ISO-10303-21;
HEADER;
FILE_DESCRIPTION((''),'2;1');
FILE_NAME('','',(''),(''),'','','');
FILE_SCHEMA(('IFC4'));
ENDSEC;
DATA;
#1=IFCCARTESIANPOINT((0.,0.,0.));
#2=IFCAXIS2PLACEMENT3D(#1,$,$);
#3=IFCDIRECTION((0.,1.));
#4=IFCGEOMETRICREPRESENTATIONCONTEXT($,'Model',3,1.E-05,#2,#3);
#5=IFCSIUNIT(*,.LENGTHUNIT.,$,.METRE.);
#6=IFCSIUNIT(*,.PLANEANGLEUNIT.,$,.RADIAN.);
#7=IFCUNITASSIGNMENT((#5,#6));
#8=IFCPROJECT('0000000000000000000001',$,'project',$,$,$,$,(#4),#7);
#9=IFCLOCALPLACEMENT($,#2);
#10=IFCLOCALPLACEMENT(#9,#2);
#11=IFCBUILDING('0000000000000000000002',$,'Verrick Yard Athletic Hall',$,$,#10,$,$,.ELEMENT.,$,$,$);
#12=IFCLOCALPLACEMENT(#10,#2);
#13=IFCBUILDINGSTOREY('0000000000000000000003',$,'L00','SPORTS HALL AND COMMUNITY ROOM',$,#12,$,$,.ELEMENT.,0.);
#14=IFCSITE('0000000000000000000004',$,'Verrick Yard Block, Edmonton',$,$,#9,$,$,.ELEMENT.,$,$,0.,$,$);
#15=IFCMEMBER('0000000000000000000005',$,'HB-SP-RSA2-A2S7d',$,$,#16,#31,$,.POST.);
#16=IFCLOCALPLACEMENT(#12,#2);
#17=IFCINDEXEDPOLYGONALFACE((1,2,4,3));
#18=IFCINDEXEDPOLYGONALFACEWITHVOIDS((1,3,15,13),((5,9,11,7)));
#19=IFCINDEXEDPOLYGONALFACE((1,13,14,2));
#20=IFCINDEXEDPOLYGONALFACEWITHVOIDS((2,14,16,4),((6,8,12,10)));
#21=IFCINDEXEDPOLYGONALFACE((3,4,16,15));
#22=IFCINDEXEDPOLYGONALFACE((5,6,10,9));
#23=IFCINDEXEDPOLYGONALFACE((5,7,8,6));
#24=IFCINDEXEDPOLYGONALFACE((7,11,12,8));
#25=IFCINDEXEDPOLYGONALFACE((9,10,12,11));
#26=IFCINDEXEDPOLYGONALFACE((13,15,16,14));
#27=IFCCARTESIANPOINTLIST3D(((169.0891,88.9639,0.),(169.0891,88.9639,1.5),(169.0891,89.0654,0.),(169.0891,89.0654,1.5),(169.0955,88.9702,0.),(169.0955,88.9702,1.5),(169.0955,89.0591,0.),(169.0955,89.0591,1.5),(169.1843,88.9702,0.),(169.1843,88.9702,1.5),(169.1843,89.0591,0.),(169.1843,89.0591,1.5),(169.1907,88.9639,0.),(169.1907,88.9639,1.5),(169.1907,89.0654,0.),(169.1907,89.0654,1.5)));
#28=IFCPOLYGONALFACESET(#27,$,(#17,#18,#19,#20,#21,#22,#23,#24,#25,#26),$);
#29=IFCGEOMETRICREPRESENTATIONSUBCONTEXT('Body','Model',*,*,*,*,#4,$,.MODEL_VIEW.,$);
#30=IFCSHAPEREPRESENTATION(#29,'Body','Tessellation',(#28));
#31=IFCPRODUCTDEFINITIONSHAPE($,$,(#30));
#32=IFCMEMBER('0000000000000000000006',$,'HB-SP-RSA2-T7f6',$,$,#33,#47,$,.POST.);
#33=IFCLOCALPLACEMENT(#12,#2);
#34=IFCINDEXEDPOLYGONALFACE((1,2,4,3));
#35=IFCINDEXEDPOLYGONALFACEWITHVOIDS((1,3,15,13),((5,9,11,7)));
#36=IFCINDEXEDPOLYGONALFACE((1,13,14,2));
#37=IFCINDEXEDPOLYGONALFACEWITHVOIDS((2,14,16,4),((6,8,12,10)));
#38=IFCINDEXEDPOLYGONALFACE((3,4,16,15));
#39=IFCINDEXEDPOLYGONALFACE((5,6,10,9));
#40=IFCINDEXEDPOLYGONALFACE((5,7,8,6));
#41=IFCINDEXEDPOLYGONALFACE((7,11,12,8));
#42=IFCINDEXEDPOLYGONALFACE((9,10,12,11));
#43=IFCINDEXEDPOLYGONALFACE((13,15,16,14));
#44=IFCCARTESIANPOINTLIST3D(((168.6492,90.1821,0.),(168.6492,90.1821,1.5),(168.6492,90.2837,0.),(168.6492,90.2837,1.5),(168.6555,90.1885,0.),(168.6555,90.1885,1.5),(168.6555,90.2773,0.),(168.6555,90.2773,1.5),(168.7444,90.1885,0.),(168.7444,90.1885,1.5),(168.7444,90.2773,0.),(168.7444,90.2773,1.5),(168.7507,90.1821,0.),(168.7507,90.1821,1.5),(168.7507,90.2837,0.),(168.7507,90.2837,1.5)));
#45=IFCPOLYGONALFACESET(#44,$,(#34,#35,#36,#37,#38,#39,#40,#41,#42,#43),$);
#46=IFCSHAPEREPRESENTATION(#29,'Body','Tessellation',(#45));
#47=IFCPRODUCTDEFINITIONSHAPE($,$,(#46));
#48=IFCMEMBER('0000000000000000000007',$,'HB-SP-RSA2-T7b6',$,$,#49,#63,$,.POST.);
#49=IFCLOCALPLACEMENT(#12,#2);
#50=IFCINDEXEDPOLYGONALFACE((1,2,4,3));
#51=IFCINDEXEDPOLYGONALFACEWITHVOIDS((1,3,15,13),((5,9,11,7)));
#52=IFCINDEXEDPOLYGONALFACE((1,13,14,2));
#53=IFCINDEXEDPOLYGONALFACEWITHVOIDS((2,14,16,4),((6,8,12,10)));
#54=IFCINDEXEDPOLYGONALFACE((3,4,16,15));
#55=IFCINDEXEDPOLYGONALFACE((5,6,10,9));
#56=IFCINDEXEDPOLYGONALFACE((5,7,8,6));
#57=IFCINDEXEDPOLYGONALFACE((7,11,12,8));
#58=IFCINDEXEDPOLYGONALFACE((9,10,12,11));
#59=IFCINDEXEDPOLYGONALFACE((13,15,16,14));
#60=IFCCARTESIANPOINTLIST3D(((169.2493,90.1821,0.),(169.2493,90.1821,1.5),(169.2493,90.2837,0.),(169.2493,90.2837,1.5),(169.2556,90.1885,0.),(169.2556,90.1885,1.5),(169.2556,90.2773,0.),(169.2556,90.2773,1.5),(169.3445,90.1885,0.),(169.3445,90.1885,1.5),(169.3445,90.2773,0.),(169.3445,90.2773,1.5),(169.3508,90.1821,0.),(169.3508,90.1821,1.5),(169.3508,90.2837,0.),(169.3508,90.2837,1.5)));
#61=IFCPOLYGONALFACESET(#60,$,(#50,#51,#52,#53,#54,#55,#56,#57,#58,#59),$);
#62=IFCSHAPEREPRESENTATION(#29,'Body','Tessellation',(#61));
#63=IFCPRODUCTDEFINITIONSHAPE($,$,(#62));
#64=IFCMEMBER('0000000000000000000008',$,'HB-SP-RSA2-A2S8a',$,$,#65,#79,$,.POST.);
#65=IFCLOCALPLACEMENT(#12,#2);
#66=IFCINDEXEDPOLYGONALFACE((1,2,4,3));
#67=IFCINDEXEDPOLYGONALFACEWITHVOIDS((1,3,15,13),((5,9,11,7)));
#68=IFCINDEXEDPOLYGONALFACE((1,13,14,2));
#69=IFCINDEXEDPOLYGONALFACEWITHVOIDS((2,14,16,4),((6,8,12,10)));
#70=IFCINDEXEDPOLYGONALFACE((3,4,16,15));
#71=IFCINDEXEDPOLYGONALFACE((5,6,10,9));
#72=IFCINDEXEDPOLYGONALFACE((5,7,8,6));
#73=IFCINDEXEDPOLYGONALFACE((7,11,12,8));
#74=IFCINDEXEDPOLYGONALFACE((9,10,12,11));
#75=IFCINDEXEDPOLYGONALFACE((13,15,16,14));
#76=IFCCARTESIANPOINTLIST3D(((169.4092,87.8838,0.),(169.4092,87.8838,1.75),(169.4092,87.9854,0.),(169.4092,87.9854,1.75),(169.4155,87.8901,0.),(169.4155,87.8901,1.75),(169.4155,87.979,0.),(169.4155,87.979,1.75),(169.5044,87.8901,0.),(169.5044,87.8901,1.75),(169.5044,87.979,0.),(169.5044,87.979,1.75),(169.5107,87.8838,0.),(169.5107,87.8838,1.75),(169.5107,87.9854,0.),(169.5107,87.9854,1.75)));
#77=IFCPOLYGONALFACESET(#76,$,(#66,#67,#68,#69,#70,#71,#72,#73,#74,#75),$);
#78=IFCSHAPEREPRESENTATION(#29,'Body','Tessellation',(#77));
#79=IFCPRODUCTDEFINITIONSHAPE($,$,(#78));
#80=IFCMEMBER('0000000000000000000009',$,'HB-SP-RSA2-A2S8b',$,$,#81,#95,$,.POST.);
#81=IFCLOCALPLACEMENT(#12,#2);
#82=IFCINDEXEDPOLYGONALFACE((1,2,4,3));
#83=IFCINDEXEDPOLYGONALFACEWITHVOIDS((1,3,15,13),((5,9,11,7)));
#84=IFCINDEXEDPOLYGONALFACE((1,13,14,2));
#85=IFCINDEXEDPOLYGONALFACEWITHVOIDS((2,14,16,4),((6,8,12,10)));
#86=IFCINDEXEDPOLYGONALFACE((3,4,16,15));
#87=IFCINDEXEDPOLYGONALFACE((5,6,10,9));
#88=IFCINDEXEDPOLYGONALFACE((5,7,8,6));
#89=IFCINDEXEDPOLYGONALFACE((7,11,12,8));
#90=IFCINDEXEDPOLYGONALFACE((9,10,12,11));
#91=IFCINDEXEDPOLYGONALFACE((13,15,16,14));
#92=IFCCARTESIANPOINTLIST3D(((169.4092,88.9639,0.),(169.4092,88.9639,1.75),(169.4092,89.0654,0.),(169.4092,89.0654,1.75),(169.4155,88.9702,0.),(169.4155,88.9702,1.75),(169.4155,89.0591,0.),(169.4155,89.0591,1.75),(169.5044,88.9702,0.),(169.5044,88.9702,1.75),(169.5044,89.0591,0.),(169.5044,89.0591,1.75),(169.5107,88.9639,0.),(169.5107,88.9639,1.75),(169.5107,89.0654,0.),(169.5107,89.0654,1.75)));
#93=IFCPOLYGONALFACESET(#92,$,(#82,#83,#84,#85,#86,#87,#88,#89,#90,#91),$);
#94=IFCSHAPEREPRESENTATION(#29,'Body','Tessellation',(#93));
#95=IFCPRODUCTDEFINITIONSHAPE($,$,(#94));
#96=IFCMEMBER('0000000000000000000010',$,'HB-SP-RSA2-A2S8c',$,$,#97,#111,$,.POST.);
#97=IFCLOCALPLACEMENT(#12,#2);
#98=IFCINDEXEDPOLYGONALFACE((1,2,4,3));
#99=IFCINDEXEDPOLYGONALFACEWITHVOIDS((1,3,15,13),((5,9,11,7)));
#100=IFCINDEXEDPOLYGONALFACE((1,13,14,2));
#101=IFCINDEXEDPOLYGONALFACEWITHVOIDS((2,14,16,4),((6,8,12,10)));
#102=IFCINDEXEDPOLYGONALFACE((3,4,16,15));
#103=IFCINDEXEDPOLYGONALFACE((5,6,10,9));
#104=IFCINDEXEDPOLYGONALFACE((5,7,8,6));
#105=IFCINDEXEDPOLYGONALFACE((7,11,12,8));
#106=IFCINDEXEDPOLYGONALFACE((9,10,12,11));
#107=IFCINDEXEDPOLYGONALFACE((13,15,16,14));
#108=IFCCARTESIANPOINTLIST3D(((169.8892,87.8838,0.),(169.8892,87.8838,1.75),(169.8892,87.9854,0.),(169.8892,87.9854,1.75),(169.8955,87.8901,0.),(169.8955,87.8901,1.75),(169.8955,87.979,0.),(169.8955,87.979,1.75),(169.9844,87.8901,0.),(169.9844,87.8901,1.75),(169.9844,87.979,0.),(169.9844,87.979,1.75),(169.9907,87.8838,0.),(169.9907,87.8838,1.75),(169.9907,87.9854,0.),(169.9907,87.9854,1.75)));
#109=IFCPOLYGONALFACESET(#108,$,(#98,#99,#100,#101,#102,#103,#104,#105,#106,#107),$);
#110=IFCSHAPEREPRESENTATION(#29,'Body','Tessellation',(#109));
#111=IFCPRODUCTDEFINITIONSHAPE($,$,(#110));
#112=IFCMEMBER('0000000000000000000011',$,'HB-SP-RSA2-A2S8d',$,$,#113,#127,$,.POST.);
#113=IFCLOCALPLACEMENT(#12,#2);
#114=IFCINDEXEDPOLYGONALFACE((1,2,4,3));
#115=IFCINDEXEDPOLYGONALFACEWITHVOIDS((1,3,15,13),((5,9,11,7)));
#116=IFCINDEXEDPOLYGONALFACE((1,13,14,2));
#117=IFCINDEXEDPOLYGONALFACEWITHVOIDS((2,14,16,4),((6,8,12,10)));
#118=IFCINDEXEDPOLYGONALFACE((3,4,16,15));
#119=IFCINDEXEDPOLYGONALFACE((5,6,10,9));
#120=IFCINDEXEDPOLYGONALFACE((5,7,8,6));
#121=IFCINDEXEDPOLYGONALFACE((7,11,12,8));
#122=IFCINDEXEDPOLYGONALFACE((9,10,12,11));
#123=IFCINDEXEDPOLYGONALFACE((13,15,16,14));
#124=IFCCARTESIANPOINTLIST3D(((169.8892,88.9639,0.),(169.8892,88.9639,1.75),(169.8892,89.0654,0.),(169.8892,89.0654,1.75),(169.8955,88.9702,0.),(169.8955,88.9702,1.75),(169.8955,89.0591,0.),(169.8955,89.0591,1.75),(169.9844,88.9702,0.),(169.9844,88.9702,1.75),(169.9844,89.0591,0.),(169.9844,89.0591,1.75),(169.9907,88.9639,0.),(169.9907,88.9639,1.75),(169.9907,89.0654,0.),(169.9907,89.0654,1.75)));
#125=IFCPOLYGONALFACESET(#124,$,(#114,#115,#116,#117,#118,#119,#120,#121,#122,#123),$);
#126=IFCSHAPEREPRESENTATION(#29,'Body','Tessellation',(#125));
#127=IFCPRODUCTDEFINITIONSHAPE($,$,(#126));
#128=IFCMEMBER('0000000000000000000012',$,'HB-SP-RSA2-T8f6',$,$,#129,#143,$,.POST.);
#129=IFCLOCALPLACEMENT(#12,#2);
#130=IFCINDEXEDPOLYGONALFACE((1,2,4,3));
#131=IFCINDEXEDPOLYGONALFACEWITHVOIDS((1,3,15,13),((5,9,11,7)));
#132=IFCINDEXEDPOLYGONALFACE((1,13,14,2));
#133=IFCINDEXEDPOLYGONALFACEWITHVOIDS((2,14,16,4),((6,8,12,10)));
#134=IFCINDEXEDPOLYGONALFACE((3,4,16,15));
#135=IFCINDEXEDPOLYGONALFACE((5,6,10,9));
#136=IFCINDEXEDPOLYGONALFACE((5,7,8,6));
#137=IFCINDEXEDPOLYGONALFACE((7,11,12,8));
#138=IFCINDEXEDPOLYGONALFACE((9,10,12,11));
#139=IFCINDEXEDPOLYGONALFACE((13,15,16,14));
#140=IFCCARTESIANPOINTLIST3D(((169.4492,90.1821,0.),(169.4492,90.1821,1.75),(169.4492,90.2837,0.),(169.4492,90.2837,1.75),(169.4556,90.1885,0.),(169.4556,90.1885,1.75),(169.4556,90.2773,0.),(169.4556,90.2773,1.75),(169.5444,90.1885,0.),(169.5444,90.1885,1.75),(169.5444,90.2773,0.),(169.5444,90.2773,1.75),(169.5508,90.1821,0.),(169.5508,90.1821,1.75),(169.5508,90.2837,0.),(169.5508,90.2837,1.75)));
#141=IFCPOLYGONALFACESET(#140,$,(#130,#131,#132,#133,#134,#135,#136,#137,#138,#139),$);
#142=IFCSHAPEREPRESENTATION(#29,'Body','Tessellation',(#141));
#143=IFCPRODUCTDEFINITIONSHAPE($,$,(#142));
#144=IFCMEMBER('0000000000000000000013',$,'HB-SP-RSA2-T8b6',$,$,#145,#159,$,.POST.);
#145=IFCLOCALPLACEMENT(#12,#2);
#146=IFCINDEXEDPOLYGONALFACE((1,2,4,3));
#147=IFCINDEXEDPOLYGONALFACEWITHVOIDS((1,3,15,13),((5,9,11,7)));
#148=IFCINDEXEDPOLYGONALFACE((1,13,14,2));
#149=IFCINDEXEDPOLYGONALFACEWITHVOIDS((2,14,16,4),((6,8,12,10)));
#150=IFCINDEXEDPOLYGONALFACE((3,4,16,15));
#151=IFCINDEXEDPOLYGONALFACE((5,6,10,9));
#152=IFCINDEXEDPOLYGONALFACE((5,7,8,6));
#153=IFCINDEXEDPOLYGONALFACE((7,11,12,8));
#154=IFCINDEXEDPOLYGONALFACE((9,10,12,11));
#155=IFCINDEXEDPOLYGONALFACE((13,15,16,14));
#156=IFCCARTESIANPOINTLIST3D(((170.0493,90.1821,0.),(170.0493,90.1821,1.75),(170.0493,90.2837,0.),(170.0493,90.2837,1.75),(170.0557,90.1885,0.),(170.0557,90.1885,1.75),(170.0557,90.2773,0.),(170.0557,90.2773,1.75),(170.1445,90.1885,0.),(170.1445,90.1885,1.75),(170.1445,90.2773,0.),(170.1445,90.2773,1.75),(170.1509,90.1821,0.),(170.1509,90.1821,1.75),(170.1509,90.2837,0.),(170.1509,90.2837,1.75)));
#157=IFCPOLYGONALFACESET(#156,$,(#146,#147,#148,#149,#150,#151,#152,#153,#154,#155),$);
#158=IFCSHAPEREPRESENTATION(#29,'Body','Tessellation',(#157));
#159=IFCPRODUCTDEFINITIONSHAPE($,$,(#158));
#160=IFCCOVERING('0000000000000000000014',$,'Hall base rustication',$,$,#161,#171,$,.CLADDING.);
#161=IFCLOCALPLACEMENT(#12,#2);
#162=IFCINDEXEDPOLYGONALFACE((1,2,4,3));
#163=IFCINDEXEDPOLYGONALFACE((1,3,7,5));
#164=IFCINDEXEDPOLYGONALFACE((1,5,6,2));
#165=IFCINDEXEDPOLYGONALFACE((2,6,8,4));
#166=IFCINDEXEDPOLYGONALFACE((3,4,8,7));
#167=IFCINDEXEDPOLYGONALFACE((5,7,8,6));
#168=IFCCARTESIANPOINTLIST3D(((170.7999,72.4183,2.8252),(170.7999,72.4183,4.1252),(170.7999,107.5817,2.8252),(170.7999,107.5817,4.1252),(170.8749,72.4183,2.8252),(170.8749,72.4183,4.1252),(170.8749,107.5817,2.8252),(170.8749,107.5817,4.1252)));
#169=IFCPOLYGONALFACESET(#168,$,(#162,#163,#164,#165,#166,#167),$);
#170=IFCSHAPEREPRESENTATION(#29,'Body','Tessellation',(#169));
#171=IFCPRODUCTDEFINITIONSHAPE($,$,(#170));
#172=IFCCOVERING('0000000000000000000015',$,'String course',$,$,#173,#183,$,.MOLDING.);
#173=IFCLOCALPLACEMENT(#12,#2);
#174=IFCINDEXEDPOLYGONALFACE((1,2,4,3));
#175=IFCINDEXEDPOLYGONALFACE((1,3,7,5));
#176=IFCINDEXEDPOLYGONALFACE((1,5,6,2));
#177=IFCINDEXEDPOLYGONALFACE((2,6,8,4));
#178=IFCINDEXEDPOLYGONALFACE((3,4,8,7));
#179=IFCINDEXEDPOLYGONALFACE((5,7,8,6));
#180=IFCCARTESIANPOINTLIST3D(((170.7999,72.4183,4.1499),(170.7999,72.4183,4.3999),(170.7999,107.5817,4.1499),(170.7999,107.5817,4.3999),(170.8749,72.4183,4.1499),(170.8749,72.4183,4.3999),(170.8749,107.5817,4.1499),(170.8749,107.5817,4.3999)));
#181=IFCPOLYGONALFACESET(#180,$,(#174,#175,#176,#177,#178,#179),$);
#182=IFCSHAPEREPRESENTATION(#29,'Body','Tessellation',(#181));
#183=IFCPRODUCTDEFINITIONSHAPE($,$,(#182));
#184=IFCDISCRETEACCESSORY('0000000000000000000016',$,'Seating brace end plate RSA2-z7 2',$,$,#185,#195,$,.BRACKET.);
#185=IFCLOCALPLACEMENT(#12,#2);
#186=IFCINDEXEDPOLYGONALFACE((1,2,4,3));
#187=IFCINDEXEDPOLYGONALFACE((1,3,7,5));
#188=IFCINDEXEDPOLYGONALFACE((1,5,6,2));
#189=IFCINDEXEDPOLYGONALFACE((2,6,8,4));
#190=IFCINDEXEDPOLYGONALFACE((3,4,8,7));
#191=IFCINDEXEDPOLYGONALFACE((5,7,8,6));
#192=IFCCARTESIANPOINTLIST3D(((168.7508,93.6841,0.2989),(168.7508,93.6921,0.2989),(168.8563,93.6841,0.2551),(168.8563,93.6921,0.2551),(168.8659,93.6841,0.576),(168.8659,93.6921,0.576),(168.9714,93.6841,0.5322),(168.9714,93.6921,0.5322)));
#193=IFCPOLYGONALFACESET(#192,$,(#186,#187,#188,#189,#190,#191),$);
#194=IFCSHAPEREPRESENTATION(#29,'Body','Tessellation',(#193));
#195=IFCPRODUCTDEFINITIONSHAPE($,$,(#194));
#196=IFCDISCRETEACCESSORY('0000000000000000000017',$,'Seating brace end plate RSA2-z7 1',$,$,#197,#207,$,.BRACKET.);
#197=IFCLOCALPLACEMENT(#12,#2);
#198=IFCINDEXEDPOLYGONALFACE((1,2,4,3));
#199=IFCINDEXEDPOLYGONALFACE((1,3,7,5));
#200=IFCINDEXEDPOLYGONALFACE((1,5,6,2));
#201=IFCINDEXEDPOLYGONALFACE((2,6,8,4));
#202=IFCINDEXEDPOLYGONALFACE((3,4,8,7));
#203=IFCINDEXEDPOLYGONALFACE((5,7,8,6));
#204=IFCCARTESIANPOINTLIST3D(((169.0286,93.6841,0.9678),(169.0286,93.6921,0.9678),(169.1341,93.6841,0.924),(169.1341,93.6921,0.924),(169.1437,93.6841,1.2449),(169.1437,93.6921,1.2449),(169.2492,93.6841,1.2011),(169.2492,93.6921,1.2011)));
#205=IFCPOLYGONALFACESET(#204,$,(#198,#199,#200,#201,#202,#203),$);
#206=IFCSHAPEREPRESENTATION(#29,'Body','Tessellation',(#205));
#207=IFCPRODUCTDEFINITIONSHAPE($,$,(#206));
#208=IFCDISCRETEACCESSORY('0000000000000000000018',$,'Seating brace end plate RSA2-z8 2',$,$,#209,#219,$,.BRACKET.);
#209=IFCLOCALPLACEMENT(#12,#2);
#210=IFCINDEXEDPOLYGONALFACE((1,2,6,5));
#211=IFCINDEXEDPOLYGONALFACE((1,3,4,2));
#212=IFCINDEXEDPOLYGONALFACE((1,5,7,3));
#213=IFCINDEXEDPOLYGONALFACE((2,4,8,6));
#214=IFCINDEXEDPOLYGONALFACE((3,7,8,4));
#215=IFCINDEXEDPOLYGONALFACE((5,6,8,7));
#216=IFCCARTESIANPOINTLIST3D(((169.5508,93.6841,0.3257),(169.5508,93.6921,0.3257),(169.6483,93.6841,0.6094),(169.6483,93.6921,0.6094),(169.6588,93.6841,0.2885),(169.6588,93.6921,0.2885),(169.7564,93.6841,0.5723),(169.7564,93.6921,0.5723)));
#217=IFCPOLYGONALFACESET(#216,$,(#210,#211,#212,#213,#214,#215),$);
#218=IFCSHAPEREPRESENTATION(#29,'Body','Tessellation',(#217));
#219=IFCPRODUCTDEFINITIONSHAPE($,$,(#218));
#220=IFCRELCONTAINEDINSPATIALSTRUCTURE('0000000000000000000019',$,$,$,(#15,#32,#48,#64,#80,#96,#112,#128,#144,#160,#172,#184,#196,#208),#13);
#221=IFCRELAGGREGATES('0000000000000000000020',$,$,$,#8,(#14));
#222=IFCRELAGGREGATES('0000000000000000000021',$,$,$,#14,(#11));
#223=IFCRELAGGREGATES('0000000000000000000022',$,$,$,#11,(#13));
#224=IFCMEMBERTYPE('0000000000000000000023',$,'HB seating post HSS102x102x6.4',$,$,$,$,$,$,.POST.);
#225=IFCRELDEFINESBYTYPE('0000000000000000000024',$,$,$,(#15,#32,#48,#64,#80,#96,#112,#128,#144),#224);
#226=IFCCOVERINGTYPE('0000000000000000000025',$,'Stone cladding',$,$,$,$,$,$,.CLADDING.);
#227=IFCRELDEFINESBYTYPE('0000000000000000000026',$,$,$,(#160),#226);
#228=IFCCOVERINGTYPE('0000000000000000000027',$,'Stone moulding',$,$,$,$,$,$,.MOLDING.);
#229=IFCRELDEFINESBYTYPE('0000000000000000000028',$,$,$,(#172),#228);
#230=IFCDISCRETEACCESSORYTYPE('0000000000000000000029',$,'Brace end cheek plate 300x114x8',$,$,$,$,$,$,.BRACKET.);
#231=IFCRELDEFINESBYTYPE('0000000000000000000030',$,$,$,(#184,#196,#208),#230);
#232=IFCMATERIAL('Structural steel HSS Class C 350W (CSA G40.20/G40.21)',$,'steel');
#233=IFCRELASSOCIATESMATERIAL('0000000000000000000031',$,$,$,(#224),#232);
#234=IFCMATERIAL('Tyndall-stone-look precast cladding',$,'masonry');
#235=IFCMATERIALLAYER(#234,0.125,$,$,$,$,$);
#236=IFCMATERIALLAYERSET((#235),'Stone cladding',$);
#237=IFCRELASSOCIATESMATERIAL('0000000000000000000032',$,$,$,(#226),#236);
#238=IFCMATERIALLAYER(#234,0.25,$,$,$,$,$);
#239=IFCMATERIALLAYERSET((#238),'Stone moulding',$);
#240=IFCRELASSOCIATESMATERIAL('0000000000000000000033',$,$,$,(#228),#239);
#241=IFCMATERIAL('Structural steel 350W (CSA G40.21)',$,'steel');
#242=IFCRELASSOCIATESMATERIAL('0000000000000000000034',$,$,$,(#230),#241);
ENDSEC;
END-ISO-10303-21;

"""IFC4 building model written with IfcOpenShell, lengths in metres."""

from ifc_helpers import new_model, si_unit, direction, frame, origin, origin_2d, place, context, subcontext, project, spatial, rectangle, hollow_rectangle, extrude, material, layer, layer_set, material_profile, profile_set, type_object, element, save


model = new_model("IFC4")

# Units and contexts
model_context = context("Model", 3, precision=1e-05, world=origin(), true_north=direction((0.0, 1.0)))
body_context = subcontext(model_context, "Body", "Model", "MODEL_VIEW")
ifc_project = project(units=[si_unit("LENGTHUNIT", "METRE"), si_unit("PLANEANGLEUNIT", "RADIAN")], contexts=[model_context])

# Site, building, storey
site_placement = place(None, origin())
site = spatial("IfcSite", under=ifc_project, at=site_placement, Name="Verrick Yard Block, Edmonton", CompositionType="ELEMENT", RefElevation=0.0)
building_placement = place(site_placement, origin())
building = spatial("IfcBuilding", under=site, at=building_placement, Name="Verrick Yard Athletic Hall", CompositionType="ELEMENT")
storey_placement = place(building_placement, origin())
storey = spatial("IfcBuildingStorey", under=building, at=storey_placement, Name="L00", Description="SPORTS HALL AND COMMUNITY ROOM", CompositionType="ELEMENT", Elevation=0.0)

# Shared definitions
ifc_material_1 = material(Name="Structural steel 350W (CSA G40.21)", Category="steel")

# Members
ifc_material_2 = material(Name="Structural steel HSS Class C 350W (CSA G40.20/G40.21)", Category="steel")
ifc_material_profile_1 = material_profile(ifc_material_2, hollow_rectangle(XDim=0.1016, YDim=0.1016, WallThickness=0.0063, at=origin_2d()), Name="HSS102x102x6.4")
ifc_profile_set_1 = profile_set([ifc_material_profile_1], Name="Structural steel HSS Class C 350W (CSA G40.20/G40.21)")
member_type_1 = type_object("IfcMemberType", Name="HB seating post HSS102x102x6.4", PredefinedType="POST", material=ifc_profile_set_1)
for number, where, z_axis, x_axis, name in (
    (1, (169.1399, 89.0146, 0.0), (0.0, 0.0, 1.0), (0.0, 1.0, 0.0), "HB-SP-RSA2-A2S7d"),
    (2, (168.7, 90.2329, 0.0), (0.0, 0.0, 1.0), (0.0, 1.0, 0.0), "HB-SP-RSA2-T7f6"),
    (3, (169.3, 90.2329, 0.0), (0.0, 0.0, 1.0), (0.0, 1.0, 0.0), "HB-SP-RSA2-T7b6"),
):
    element("IfcMember", number, at=place(storey_placement, frame(where, z_axis=z_axis, x_axis=x_axis)), inside=storey, type_object=member_type_1, Name=name, PredefinedType="POST", context=body_context, shape_type="SweptSolid", body=[
        extrude(hollow_rectangle(XDim=0.1016, YDim=0.1016, WallThickness=0.0063, at=origin_2d()), origin(), (0.0, 0.0, 1.0), 1.5),
    ])
for number, where, z_axis, x_axis, name in (
    (4, (169.46, 87.9346, 0.0), (0.0, 0.0, 1.0), (0.0, 1.0, 0.0), "HB-SP-RSA2-A2S8a"),
    (5, (169.46, 89.0146, 0.0), (0.0, 0.0, 1.0), (0.0, 1.0, 0.0), "HB-SP-RSA2-A2S8b"),
    (6, (169.9399, 87.9346, 0.0), (0.0, 0.0, 1.0), (0.0, 1.0, 0.0), "HB-SP-RSA2-A2S8c"),
    (7, (169.9399, 89.0146, 0.0), (0.0, 0.0, 1.0), (0.0, 1.0, 0.0), "HB-SP-RSA2-A2S8d"),
    (8, (169.5, 90.2329, 0.0), (0.0, 0.0, 1.0), (0.0, 1.0, 0.0), "HB-SP-RSA2-T8f6"),
    (9, (170.1001, 90.2329, 0.0), (0.0, 0.0, 1.0), (0.0, 1.0, 0.0), "HB-SP-RSA2-T8b6"),
):
    element("IfcMember", number, at=place(storey_placement, frame(where, z_axis=z_axis, x_axis=x_axis)), inside=storey, type_object=member_type_1, Name=name, PredefinedType="POST", context=body_context, shape_type="SweptSolid", body=[
        extrude(hollow_rectangle(XDim=0.1016, YDim=0.1016, WallThickness=0.0063, at=origin_2d()), origin(), (0.0, 0.0, 1.0), 1.75),
    ])

# Coverings
ifc_material_3 = material(Name="Tyndall-stone-look precast cladding", Category="masonry")
ifc_layer_1 = layer(ifc_material_3, 0.125)
ifc_layer_set_1 = layer_set([ifc_layer_1], Name="Stone cladding")
covering_type_1 = type_object("IfcCoveringType", Name="Stone cladding", PredefinedType="CLADDING", material=ifc_layer_set_1)
covering_1_placement = place(storey_placement, frame((170.8374, 90.0, 2.8252), z_axis=(0.0, 0.0, 1.0), x_axis=(0.0, 1.0, 0.0)))
element("IfcCovering", 10, at=covering_1_placement, inside=storey, type_object=covering_type_1, Name="Hall base rustication", PredefinedType="CLADDING", context=body_context, shape_type="SweptSolid", body=[
    extrude(rectangle(XDim=35.1633, YDim=0.075, at=origin_2d()), origin(), (0.0, 0.0, 1.0), 1.3),
])
ifc_layer_2 = layer(ifc_material_3, 0.25)
ifc_layer_set_2 = layer_set([ifc_layer_2], Name="Stone moulding")
covering_type_2 = type_object("IfcCoveringType", Name="Stone moulding", PredefinedType="MOLDING", material=ifc_layer_set_2)
covering_2_placement = place(storey_placement, frame((170.8374, 90.0, 4.1499), z_axis=(0.0, 0.0, 1.0), x_axis=(0.0, 1.0, 0.0)))
element("IfcCovering", 11, at=covering_2_placement, inside=storey, type_object=covering_type_2, Name="String course", PredefinedType="MOLDING", context=body_context, shape_type="SweptSolid", body=[
    extrude(rectangle(XDim=35.1633, YDim=0.075, at=origin_2d()), origin(), (0.0, 0.0, 1.0), 0.25),
])

# Discrete accessories
ifc_material_profile_2 = material_profile(ifc_material_1, rectangle(XDim=0.3, YDim=0.1143, at=origin_2d()), Name="Brace end cheek plate")
ifc_profile_set_2 = profile_set([ifc_material_profile_2], Name="Structural steel 350W (CSA G40.21)")
discrete_accessory_type = type_object("IfcDiscreteAccessoryType", Name="Brace end cheek plate 300x114x8", PredefinedType="BRACKET", material=ifc_profile_set_2)
for number, where, z_axis, x_axis, name in (
    (12, (168.8611, 93.6921, 0.4155), (0.0, -1.0, 0.0), (0.383566, 0.0, 0.923513), "Seating brace end plate RSA2-z7 2"),
    (13, (169.1389, 93.6921, 1.0845), (0.0, -1.0, 0.0), (-0.383566, 0.0, -0.923513), "Seating brace end plate RSA2-z7 1"),
    (14, (169.6536, 93.6921, 0.449), (0.0, -1.0, 0.0), (0.325058, 0.0, 0.945694), "Seating brace end plate RSA2-z8 2"),
):
    element("IfcDiscreteAccessory", number, at=place(storey_placement, frame(where, z_axis=z_axis, x_axis=x_axis)), inside=storey, type_object=discrete_accessory_type, Name=name, PredefinedType="BRACKET", context=body_context, shape_type="SweptSolid", body=[
        extrude(rectangle(XDim=0.3, YDim=0.1143, at=origin_2d()), origin(), (0.0, 0.0, 1.0), 0.0081),
    ])

save(model, "model.ifc")
